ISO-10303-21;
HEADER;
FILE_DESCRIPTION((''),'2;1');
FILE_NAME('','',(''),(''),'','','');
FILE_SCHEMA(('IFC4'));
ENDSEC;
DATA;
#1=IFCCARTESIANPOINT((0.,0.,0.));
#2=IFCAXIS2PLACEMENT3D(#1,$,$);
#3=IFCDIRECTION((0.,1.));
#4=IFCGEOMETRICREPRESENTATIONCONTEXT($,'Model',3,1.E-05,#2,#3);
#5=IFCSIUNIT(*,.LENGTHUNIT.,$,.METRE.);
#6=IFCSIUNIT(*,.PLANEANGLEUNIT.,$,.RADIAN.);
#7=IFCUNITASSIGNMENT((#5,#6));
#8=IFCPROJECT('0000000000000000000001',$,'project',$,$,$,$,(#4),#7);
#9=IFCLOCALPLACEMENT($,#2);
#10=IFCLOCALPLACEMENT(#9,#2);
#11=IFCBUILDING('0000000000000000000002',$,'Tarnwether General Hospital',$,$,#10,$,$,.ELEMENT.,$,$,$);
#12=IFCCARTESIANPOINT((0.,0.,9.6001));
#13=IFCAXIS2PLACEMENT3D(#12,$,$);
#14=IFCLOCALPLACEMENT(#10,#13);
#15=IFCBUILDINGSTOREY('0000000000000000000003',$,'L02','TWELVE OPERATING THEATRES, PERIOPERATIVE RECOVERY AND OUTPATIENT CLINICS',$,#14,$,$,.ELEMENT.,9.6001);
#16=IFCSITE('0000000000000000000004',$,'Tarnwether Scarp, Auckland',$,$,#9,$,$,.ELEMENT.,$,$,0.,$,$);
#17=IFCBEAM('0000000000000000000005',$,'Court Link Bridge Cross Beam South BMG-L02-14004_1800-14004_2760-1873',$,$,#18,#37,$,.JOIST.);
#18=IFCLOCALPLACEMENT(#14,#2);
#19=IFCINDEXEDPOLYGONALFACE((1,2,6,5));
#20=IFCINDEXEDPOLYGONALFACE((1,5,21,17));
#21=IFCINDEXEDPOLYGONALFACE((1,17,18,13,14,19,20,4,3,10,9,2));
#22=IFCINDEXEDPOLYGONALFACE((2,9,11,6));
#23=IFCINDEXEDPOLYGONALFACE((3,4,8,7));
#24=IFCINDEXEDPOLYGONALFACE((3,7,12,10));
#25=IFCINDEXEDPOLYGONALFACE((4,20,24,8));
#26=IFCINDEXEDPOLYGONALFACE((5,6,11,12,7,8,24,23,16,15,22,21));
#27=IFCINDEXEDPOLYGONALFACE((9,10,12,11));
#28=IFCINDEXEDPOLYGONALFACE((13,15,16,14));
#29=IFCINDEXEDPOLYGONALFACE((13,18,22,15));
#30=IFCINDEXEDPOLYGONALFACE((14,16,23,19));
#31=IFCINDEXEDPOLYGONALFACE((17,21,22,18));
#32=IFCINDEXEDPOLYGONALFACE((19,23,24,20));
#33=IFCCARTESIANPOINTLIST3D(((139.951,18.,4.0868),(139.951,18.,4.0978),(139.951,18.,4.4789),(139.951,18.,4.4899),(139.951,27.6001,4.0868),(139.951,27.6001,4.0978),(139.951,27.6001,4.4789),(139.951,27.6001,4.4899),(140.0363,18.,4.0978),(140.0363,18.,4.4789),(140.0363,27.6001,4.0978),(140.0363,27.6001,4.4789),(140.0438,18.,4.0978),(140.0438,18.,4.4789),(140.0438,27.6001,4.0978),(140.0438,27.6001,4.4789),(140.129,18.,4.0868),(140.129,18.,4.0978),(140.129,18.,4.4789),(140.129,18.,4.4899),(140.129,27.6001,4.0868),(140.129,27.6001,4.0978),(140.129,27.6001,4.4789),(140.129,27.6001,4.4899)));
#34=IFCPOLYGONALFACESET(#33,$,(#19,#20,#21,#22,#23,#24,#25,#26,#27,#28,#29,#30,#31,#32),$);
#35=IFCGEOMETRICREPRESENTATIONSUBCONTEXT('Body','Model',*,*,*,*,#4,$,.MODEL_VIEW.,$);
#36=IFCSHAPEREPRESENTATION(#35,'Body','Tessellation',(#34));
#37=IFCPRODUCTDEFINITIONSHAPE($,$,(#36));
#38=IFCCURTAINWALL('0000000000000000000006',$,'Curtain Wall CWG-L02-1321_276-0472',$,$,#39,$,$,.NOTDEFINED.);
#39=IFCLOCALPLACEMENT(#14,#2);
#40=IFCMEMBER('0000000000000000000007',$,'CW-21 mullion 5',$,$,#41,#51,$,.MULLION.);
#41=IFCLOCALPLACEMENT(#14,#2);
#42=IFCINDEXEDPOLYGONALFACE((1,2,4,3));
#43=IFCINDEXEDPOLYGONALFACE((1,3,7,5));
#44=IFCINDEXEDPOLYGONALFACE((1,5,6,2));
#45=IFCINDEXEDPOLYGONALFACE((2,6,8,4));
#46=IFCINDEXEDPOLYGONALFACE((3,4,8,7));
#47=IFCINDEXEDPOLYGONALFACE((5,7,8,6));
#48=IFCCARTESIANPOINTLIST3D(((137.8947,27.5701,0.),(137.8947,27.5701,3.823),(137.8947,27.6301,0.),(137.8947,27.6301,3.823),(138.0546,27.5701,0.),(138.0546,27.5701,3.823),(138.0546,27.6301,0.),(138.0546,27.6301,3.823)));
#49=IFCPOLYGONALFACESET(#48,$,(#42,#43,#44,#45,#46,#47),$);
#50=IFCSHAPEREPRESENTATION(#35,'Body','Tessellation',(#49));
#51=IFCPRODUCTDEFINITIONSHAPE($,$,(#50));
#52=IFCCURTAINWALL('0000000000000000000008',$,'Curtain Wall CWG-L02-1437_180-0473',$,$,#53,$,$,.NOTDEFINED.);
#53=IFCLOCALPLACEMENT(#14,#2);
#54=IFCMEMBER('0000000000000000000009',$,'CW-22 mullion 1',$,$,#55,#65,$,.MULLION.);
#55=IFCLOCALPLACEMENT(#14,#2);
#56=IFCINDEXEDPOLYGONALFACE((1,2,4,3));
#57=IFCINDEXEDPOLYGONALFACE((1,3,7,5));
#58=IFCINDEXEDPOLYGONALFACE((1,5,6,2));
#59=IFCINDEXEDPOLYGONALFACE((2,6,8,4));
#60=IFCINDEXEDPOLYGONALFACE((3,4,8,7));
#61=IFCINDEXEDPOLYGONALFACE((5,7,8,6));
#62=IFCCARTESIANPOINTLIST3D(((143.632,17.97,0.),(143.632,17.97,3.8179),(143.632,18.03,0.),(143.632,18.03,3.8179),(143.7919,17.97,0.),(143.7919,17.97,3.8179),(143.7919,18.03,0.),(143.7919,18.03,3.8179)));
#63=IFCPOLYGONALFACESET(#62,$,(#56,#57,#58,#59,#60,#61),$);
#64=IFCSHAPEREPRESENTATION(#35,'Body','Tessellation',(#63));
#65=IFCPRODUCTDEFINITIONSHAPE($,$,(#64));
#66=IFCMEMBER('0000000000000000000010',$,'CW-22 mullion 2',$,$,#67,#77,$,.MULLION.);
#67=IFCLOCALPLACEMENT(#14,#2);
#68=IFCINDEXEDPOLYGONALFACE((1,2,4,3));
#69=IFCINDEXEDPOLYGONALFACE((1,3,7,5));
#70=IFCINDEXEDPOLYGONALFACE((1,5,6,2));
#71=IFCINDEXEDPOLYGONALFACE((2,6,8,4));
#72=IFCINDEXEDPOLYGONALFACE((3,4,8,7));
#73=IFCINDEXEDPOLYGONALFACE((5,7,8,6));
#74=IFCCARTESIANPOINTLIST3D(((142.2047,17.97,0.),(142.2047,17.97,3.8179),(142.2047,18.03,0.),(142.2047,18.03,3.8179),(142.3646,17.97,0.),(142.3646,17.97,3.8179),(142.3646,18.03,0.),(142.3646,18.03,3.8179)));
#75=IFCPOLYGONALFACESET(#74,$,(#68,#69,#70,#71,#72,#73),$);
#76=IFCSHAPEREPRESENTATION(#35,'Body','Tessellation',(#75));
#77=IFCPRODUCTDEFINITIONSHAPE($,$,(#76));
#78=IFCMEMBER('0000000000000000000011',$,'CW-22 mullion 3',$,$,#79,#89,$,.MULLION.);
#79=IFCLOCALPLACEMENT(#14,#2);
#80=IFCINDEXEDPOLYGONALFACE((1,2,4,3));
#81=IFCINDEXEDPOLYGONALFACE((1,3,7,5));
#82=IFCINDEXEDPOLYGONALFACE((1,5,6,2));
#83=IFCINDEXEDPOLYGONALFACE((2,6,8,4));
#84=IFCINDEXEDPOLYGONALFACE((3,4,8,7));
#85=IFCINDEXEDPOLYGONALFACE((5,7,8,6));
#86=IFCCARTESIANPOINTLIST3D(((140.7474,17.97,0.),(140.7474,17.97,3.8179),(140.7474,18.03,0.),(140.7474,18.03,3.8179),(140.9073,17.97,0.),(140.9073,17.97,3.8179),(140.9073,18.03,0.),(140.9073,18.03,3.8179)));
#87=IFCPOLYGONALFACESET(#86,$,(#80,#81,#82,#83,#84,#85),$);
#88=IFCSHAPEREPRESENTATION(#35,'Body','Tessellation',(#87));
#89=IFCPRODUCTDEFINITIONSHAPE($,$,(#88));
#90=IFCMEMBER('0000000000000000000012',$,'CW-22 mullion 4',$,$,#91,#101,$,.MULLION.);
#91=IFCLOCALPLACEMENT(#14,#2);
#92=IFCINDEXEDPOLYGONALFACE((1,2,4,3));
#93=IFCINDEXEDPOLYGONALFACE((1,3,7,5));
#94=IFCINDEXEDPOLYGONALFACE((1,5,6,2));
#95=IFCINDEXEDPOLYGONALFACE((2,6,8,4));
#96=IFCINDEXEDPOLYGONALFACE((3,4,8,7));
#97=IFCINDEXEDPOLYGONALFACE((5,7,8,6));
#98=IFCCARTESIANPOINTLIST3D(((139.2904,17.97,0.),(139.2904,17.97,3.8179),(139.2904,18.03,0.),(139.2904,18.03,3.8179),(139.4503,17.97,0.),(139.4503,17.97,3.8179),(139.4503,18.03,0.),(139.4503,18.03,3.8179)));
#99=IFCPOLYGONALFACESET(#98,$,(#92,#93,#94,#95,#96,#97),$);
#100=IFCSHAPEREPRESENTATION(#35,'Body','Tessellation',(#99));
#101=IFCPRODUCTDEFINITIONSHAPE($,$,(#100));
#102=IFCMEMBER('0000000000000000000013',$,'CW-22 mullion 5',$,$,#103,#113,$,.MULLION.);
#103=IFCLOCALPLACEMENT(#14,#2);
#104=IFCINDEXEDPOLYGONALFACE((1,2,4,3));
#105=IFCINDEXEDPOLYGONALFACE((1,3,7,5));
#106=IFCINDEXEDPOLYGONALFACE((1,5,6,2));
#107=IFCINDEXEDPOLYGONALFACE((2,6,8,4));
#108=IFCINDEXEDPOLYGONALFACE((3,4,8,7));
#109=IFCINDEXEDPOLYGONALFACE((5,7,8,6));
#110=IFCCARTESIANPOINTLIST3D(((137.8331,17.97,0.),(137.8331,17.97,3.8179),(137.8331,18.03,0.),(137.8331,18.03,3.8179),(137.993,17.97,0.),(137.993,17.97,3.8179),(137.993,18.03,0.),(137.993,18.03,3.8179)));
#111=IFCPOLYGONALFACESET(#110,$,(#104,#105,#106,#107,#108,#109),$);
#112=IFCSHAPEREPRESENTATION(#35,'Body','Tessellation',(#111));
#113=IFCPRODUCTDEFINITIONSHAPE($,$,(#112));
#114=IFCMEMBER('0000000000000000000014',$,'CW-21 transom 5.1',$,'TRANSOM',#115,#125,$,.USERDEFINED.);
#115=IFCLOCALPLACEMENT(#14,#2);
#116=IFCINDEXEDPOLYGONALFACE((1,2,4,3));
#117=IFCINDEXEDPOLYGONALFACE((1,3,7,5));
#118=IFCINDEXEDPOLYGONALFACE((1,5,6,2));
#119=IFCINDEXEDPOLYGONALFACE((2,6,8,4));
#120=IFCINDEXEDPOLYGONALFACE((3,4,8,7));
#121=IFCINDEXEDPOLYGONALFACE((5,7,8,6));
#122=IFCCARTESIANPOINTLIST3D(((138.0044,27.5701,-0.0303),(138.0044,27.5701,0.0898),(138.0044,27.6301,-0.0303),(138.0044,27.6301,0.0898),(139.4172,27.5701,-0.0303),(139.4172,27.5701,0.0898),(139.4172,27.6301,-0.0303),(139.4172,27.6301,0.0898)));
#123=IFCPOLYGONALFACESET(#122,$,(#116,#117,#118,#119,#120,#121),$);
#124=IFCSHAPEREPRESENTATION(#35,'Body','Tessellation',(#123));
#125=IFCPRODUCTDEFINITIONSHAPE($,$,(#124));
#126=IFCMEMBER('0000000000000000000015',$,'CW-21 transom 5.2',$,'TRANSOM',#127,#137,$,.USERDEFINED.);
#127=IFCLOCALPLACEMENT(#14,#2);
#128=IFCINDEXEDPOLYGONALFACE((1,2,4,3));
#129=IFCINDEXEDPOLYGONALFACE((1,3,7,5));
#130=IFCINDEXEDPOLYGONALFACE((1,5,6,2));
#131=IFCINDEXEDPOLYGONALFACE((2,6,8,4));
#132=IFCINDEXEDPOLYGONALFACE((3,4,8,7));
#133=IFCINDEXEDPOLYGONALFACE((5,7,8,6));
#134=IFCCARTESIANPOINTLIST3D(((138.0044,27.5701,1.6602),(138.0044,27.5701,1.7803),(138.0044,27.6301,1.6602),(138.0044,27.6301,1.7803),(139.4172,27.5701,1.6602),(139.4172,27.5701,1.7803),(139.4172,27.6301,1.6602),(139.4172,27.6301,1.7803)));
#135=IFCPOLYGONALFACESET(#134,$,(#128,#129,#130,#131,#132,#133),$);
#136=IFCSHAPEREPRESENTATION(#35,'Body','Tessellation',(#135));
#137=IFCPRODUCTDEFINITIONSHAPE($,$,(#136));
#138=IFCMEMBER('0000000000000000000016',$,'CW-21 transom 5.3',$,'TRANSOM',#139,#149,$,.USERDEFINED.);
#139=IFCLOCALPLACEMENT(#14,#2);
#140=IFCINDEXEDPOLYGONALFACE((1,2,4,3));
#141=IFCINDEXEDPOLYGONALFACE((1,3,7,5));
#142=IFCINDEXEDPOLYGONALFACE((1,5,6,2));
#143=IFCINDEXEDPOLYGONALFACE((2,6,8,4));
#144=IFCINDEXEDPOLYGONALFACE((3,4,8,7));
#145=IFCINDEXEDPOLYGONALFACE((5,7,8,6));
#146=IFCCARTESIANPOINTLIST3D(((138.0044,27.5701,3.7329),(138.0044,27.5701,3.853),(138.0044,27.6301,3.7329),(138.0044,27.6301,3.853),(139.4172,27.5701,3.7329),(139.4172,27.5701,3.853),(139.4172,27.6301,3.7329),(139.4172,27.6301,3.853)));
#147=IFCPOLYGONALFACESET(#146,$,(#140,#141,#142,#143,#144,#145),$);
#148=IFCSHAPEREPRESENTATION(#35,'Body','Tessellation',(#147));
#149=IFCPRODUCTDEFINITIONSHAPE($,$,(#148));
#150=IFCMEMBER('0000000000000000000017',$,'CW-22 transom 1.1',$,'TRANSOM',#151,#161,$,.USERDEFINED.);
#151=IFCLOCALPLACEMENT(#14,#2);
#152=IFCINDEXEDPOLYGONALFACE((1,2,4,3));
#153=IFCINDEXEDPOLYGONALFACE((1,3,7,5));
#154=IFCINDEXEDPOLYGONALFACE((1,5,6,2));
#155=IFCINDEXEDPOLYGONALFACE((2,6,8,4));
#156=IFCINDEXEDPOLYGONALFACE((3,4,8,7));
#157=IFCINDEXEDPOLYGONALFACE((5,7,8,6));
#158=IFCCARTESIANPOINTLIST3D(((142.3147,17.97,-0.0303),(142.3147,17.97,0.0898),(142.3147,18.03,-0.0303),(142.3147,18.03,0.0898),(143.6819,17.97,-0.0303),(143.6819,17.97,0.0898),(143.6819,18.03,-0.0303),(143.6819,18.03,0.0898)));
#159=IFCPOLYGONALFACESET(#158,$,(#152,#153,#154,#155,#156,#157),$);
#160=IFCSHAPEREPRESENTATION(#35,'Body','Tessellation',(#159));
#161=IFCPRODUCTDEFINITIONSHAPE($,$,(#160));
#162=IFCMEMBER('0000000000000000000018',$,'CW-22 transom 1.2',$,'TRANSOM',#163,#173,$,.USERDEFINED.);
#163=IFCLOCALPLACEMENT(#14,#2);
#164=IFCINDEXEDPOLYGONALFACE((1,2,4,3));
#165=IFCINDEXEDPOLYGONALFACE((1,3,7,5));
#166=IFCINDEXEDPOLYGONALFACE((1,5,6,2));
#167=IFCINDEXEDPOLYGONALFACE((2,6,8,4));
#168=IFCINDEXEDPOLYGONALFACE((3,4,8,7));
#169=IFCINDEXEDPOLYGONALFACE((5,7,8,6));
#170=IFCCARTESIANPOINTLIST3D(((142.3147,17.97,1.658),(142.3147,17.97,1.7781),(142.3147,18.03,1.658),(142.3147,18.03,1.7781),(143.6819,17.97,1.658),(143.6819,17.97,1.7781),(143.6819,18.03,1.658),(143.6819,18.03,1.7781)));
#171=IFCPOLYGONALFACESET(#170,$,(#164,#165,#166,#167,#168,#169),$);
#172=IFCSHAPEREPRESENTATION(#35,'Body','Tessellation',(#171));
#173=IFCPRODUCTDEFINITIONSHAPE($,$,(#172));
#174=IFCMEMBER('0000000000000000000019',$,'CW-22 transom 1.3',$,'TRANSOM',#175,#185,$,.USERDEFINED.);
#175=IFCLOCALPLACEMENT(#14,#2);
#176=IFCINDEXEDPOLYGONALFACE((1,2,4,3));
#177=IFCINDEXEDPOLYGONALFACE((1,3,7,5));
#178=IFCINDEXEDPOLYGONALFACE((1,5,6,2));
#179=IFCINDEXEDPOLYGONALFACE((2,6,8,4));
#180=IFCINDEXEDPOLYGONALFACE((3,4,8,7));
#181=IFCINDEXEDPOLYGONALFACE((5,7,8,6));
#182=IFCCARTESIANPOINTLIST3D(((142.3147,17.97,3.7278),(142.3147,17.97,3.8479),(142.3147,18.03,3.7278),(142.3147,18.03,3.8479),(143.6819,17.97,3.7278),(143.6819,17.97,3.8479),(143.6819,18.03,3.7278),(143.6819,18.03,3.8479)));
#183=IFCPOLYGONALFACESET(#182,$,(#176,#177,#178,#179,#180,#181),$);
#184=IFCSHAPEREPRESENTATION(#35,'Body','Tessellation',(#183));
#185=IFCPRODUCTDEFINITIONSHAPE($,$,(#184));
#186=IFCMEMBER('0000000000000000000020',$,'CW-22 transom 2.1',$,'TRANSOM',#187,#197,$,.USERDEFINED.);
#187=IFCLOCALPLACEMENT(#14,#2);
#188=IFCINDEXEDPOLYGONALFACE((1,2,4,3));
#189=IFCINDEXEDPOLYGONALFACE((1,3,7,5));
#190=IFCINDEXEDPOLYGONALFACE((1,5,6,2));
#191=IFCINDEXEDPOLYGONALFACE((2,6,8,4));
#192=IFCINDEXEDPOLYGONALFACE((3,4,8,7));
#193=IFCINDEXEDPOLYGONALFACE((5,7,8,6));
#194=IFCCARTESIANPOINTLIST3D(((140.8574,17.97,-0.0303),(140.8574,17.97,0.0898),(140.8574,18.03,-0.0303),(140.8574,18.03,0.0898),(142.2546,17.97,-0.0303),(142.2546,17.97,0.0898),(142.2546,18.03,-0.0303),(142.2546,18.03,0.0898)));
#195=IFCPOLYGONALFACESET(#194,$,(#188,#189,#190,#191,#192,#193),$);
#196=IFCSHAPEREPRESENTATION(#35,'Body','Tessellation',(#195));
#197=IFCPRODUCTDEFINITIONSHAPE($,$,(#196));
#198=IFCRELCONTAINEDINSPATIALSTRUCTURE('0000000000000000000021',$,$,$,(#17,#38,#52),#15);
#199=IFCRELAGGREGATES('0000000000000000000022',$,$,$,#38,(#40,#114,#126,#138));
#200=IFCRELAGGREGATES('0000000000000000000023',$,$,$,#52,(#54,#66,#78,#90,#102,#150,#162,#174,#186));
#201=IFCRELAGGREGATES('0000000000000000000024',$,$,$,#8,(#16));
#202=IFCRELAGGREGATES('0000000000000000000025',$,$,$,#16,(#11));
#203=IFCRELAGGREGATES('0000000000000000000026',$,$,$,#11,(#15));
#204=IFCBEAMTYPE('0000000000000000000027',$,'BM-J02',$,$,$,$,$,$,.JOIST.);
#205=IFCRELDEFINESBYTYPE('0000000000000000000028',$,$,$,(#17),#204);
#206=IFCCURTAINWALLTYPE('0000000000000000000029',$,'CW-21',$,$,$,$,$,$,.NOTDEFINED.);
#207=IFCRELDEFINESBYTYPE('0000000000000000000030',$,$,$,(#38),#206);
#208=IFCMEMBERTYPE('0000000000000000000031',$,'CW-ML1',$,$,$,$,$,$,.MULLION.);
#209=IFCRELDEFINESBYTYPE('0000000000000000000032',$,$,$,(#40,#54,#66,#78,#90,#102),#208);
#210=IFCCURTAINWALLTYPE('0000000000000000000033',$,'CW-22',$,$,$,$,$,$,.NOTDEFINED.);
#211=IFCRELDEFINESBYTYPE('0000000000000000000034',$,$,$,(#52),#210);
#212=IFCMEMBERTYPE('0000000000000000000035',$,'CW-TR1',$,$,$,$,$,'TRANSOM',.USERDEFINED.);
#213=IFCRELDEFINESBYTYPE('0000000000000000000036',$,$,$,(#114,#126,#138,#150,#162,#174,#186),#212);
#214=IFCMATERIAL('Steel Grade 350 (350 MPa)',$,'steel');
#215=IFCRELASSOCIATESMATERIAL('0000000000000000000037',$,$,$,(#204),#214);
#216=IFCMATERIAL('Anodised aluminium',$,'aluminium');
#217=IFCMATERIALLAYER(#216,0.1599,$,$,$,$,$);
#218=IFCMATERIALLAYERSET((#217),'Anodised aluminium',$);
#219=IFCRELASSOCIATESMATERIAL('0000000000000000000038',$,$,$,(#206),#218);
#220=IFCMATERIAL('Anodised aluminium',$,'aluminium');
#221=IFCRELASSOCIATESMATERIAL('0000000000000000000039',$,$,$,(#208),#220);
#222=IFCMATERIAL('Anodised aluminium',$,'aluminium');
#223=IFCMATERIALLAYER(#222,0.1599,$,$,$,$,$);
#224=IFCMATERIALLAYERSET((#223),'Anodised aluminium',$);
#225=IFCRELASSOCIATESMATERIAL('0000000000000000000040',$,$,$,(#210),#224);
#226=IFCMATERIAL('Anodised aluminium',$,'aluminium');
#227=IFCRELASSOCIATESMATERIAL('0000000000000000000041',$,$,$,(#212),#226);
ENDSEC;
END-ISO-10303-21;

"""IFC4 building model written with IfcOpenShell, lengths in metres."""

from ifc_helpers import new_model, si_unit, direction, frame, origin, origin_2d, place, context, subcontext, project, spatial, rectangle, i_section, extrude, material, layer, layer_set, material_profile, profile_set, type_object, element, aggregate, save


model = new_model("IFC4")

# Units and contexts
model_context = context("Model", 3, precision=1e-05, world=origin(), true_north=direction((0.0, 1.0)))
body_context = subcontext(model_context, "Body", "Model", "MODEL_VIEW")
ifc_project = project(units=[si_unit("LENGTHUNIT", "METRE"), si_unit("PLANEANGLEUNIT", "RADIAN")], contexts=[model_context])

# Site, building, storey
site_placement = place(None, origin())
site = spatial("IfcSite", under=ifc_project, at=site_placement, Name="Tarnwether Scarp, Auckland", CompositionType="ELEMENT", RefElevation=0.0)
building_placement = place(site_placement, origin())
building = spatial("IfcBuilding", under=site, at=building_placement, Name="Tarnwether General Hospital", CompositionType="ELEMENT")
storey_placement = place(building_placement, frame((0.0, 0.0, 9.6001)))
storey = spatial("IfcBuildingStorey", under=building, at=storey_placement, Name="L02", Description="TWELVE OPERATING THEATRES, PERIOPERATIVE RECOVERY AND OUTPATIENT CLINICS", CompositionType="ELEMENT", Elevation=9.6001)

# Beam
ifc_material_1 = material(Name="Steel Grade 350 (350 MPa)", Category="steel")
ifc_material_profile_1 = material_profile(ifc_material_1, i_section(OverallWidth=0.178, OverallDepth=0.4031, WebThickness=0.0076, FlangeThickness=0.011, at=origin_2d()), Name="410UB53.7")
ifc_profile_set_1 = profile_set([ifc_material_profile_1], Name="Steel Grade 350 (350 MPa)")
beam_type = type_object("IfcBeamType", Name="BM-J02", PredefinedType="JOIST", material=ifc_profile_set_1)
beam_placement = place(storey_placement, frame((140.04, 18.0, 4.2883), z_axis=(0.0, 1.0, 0.0), x_axis=(-1.0, 0.0, 0.0)))
element("IfcBeam", 1, at=beam_placement, inside=storey, type_object=beam_type, Name="Court Link Bridge Cross Beam South BMG-L02-14004_1800-14004_2760-1873", PredefinedType="JOIST", context=body_context, shape_type="SweptSolid", body=[
    extrude(i_section(OverallWidth=0.178, OverallDepth=0.4031, WebThickness=0.0076, FlangeThickness=0.011, at=origin_2d()), origin(), (0.0, 0.0, 1.0), 9.6001),
])

# Curtain wall, member
ifc_material_2 = material(Name="Anodised aluminium", Category="aluminium")
ifc_layer_1 = layer(ifc_material_2, 0.1599)
ifc_layer_set_1 = layer_set([ifc_layer_1], Name="Anodised aluminium")
curtain_wall_type_1 = type_object("IfcCurtainWallType", Name="CW-21", PredefinedType="NOTDEFINED", material=ifc_layer_set_1)
curtain_wall_1_placement = place(storey_placement, origin())
curtain_wall_1 = element("IfcCurtainWall", 2, at=curtain_wall_1_placement, inside=storey, type_object=curtain_wall_type_1, Name="Curtain Wall CWG-L02-1321_276-0472", PredefinedType="NOTDEFINED")
ifc_material_3 = material(Name="Anodised aluminium", Category="aluminium")
ifc_material_profile_2 = material_profile(ifc_material_3, rectangle(XDim=0.0601, YDim=0.1599, at=origin_2d()), Name="ALU-MUL-60x160")
ifc_profile_set_2 = profile_set([ifc_material_profile_2], Name="Anodised aluminium")
member_type_1 = type_object("IfcMemberType", Name="CW-ML1", PredefinedType="MULLION", material=ifc_profile_set_2)
member_1_placement = place(storey_placement, frame((137.9746, 27.6001, 0.0), z_axis=(0.0, 0.0, 1.0), x_axis=(0.0, 1.0, 0.0)))
member_1 = element("IfcMember", 3, at=member_1_placement, type_object=member_type_1, Name="CW-21 mullion 5", PredefinedType="MULLION", context=body_context, shape_type="SweptSolid", body=[
    extrude(rectangle(XDim=0.0601, YDim=0.1599, at=origin_2d()), origin(), (0.0, 0.0, 1.0), 3.823),
])

# Curtain wall, members
ifc_material_4 = material(Name="Anodised aluminium", Category="aluminium")
ifc_layer_2 = layer(ifc_material_4, 0.1599)
ifc_layer_set_2 = layer_set([ifc_layer_2], Name="Anodised aluminium")
curtain_wall_type_2 = type_object("IfcCurtainWallType", Name="CW-22", PredefinedType="NOTDEFINED", material=ifc_layer_set_2)
curtain_wall_2_placement = place(storey_placement, origin())
curtain_wall_2 = element("IfcCurtainWall", 4, at=curtain_wall_2_placement, inside=storey, type_object=curtain_wall_type_2, Name="Curtain Wall CWG-L02-1437_180-0473", PredefinedType="NOTDEFINED")
member_2_placement = place(storey_placement, frame((143.7119, 18.0, 0.0), z_axis=(0.0, 0.0, 1.0), x_axis=(0.0, -1.0, 0.0)))
member_2 = element("IfcMember", 5, at=member_2_placement, type_object=member_type_1, Name="CW-22 mullion 1", PredefinedType="MULLION", context=body_context, shape_type="SweptSolid", body=[
    extrude(rectangle(XDim=0.0601, YDim=0.1599, at=origin_2d()), origin(), (0.0, 0.0, 1.0), 3.8179),
])
member_3_placement = place(storey_placement, frame((142.2847, 18.0, 0.0), z_axis=(0.0, 0.0, 1.0), x_axis=(0.0, -1.0, 0.0)))
member_3 = element("IfcMember", 6, at=member_3_placement, type_object=member_type_1, Name="CW-22 mullion 2", PredefinedType="MULLION", context=body_context, shape_type="SweptSolid", body=[
    extrude(rectangle(XDim=0.0601, YDim=0.1599, at=origin_2d()), origin(), (0.0, 0.0, 1.0), 3.8179),
])
member_4_placement = place(storey_placement, frame((140.8274, 18.0, 0.0), z_axis=(0.0, 0.0, 1.0), x_axis=(0.0, -1.0, 0.0)))
member_4 = element("IfcMember", 7, at=member_4_placement, type_object=member_type_1, Name="CW-22 mullion 3", PredefinedType="MULLION", context=body_context, shape_type="SweptSolid", body=[
    extrude(rectangle(XDim=0.0601, YDim=0.1599, at=origin_2d()), origin(), (0.0, 0.0, 1.0), 3.8179),
])
member_5_placement = place(storey_placement, frame((139.3704, 18.0, 0.0), z_axis=(0.0, 0.0, 1.0), x_axis=(0.0, -1.0, 0.0)))
member_5 = element("IfcMember", 8, at=member_5_placement, type_object=member_type_1, Name="CW-22 mullion 4", PredefinedType="MULLION", context=body_context, shape_type="SweptSolid", body=[
    extrude(rectangle(XDim=0.0601, YDim=0.1599, at=origin_2d()), origin(), (0.0, 0.0, 1.0), 3.8179),
])
member_6_placement = place(storey_placement, frame((137.9131, 18.0, 0.0), z_axis=(0.0, 0.0, 1.0), x_axis=(0.0, -1.0, 0.0)))
member_6 = element("IfcMember", 9, at=member_6_placement, type_object=member_type_1, Name="CW-22 mullion 5", PredefinedType="MULLION", context=body_context, shape_type="SweptSolid", body=[
    extrude(rectangle(XDim=0.0601, YDim=0.1599, at=origin_2d()), origin(), (0.0, 0.0, 1.0), 3.8179),
])

# Members
ifc_material_5 = material(Name="Anodised aluminium", Category="aluminium")
ifc_material_profile_3 = material_profile(ifc_material_5, rectangle(XDim=0.0601, YDim=0.1201, at=origin_2d()), Name="ALU-TRN-60x120")
ifc_profile_set_3 = profile_set([ifc_material_profile_3], Name="Anodised aluminium")
member_type_2 = type_object("IfcMemberType", Name="CW-TR1", ElementType="TRANSOM", PredefinedType="USERDEFINED", material=ifc_profile_set_3)
member_7_placement = place(storey_placement, frame((138.0044, 27.6001, 0.0298), z_axis=(1.0, 0.0, 0.0), x_axis=(0.0, 1.0, 0.0)))
member_7 = element("IfcMember", 10, at=member_7_placement, type_object=member_type_2, Name="CW-21 transom 5.1", ObjectType="TRANSOM", PredefinedType="USERDEFINED", context=body_context, shape_type="SweptSolid", body=[
    extrude(rectangle(XDim=0.0601, YDim=0.1201, at=origin_2d()), origin(), (0.0, 0.0, 1.0), 1.4128),
])
member_8_placement = place(storey_placement, frame((138.0044, 27.6001, 1.7202), z_axis=(1.0, 0.0, 0.0), x_axis=(0.0, 1.0, 0.0)))
member_8 = element("IfcMember", 11, at=member_8_placement, type_object=member_type_2, Name="CW-21 transom 5.2", ObjectType="TRANSOM", PredefinedType="USERDEFINED", context=body_context, shape_type="SweptSolid", body=[
    extrude(rectangle(XDim=0.0601, YDim=0.1201, at=origin_2d()), origin(), (0.0, 0.0, 1.0), 1.4128),
])
member_9_placement = place(storey_placement, frame((138.0044, 27.6001, 3.793), z_axis=(1.0, 0.0, 0.0), x_axis=(0.0, 1.0, 0.0)))
member_9 = element("IfcMember", 12, at=member_9_placement, type_object=member_type_2, Name="CW-21 transom 5.3", ObjectType="TRANSOM", PredefinedType="USERDEFINED", context=body_context, shape_type="SweptSolid", body=[
    extrude(rectangle(XDim=0.0601, YDim=0.1201, at=origin_2d()), origin(), (0.0, 0.0, 1.0), 1.4128),
])
member_10_placement = place(storey_placement, frame((143.6819, 18.0, 0.0298), z_axis=(-1.0, 0.0, 0.0), x_axis=(0.0, -1.0, 0.0)))
member_10 = element("IfcMember", 13, at=member_10_placement, type_object=member_type_2, Name="CW-22 transom 1.1", ObjectType="TRANSOM", PredefinedType="USERDEFINED", context=body_context, shape_type="SweptSolid", body=[
    extrude(rectangle(XDim=0.0601, YDim=0.1201, at=origin_2d()), origin(), (0.0, 0.0, 1.0), 1.3672),
])
member_11_placement = place(storey_placement, frame((143.6819, 18.0, 1.718), z_axis=(-1.0, 0.0, 0.0), x_axis=(0.0, -1.0, 0.0)))
member_11 = element("IfcMember", 14, at=member_11_placement, type_object=member_type_2, Name="CW-22 transom 1.2", ObjectType="TRANSOM", PredefinedType="USERDEFINED", context=body_context, shape_type="SweptSolid", body=[
    extrude(rectangle(XDim=0.0601, YDim=0.1201, at=origin_2d()), origin(), (0.0, 0.0, 1.0), 1.3672),
])
member_12_placement = place(storey_placement, frame((143.6819, 18.0, 3.7878), z_axis=(-1.0, 0.0, 0.0), x_axis=(0.0, -1.0, 0.0)))
member_12 = element("IfcMember", 15, at=member_12_placement, type_object=member_type_2, Name="CW-22 transom 1.3", ObjectType="TRANSOM", PredefinedType="USERDEFINED", context=body_context, shape_type="SweptSolid", body=[
    extrude(rectangle(XDim=0.0601, YDim=0.1201, at=origin_2d()), origin(), (0.0, 0.0, 1.0), 1.3672),
])
member_13_placement = place(storey_placement, frame((142.2546, 18.0, 0.0298), z_axis=(-1.0, 0.0, 0.0), x_axis=(0.0, -1.0, 0.0)))
member_13 = element("IfcMember", 16, at=member_13_placement, type_object=member_type_2, Name="CW-22 transom 2.1", ObjectType="TRANSOM", PredefinedType="USERDEFINED", context=body_context, shape_type="SweptSolid", body=[
    extrude(rectangle(XDim=0.0601, YDim=0.1201, at=origin_2d()), origin(), (0.0, 0.0, 1.0), 1.3972),
])

aggregate(curtain_wall_1, [member_1, member_7, member_8, member_9])
aggregate(curtain_wall_2, [member_2, member_3, member_4, member_5, member_6, member_10, member_11, member_12, member_13])

save(model, "model.ifc")
